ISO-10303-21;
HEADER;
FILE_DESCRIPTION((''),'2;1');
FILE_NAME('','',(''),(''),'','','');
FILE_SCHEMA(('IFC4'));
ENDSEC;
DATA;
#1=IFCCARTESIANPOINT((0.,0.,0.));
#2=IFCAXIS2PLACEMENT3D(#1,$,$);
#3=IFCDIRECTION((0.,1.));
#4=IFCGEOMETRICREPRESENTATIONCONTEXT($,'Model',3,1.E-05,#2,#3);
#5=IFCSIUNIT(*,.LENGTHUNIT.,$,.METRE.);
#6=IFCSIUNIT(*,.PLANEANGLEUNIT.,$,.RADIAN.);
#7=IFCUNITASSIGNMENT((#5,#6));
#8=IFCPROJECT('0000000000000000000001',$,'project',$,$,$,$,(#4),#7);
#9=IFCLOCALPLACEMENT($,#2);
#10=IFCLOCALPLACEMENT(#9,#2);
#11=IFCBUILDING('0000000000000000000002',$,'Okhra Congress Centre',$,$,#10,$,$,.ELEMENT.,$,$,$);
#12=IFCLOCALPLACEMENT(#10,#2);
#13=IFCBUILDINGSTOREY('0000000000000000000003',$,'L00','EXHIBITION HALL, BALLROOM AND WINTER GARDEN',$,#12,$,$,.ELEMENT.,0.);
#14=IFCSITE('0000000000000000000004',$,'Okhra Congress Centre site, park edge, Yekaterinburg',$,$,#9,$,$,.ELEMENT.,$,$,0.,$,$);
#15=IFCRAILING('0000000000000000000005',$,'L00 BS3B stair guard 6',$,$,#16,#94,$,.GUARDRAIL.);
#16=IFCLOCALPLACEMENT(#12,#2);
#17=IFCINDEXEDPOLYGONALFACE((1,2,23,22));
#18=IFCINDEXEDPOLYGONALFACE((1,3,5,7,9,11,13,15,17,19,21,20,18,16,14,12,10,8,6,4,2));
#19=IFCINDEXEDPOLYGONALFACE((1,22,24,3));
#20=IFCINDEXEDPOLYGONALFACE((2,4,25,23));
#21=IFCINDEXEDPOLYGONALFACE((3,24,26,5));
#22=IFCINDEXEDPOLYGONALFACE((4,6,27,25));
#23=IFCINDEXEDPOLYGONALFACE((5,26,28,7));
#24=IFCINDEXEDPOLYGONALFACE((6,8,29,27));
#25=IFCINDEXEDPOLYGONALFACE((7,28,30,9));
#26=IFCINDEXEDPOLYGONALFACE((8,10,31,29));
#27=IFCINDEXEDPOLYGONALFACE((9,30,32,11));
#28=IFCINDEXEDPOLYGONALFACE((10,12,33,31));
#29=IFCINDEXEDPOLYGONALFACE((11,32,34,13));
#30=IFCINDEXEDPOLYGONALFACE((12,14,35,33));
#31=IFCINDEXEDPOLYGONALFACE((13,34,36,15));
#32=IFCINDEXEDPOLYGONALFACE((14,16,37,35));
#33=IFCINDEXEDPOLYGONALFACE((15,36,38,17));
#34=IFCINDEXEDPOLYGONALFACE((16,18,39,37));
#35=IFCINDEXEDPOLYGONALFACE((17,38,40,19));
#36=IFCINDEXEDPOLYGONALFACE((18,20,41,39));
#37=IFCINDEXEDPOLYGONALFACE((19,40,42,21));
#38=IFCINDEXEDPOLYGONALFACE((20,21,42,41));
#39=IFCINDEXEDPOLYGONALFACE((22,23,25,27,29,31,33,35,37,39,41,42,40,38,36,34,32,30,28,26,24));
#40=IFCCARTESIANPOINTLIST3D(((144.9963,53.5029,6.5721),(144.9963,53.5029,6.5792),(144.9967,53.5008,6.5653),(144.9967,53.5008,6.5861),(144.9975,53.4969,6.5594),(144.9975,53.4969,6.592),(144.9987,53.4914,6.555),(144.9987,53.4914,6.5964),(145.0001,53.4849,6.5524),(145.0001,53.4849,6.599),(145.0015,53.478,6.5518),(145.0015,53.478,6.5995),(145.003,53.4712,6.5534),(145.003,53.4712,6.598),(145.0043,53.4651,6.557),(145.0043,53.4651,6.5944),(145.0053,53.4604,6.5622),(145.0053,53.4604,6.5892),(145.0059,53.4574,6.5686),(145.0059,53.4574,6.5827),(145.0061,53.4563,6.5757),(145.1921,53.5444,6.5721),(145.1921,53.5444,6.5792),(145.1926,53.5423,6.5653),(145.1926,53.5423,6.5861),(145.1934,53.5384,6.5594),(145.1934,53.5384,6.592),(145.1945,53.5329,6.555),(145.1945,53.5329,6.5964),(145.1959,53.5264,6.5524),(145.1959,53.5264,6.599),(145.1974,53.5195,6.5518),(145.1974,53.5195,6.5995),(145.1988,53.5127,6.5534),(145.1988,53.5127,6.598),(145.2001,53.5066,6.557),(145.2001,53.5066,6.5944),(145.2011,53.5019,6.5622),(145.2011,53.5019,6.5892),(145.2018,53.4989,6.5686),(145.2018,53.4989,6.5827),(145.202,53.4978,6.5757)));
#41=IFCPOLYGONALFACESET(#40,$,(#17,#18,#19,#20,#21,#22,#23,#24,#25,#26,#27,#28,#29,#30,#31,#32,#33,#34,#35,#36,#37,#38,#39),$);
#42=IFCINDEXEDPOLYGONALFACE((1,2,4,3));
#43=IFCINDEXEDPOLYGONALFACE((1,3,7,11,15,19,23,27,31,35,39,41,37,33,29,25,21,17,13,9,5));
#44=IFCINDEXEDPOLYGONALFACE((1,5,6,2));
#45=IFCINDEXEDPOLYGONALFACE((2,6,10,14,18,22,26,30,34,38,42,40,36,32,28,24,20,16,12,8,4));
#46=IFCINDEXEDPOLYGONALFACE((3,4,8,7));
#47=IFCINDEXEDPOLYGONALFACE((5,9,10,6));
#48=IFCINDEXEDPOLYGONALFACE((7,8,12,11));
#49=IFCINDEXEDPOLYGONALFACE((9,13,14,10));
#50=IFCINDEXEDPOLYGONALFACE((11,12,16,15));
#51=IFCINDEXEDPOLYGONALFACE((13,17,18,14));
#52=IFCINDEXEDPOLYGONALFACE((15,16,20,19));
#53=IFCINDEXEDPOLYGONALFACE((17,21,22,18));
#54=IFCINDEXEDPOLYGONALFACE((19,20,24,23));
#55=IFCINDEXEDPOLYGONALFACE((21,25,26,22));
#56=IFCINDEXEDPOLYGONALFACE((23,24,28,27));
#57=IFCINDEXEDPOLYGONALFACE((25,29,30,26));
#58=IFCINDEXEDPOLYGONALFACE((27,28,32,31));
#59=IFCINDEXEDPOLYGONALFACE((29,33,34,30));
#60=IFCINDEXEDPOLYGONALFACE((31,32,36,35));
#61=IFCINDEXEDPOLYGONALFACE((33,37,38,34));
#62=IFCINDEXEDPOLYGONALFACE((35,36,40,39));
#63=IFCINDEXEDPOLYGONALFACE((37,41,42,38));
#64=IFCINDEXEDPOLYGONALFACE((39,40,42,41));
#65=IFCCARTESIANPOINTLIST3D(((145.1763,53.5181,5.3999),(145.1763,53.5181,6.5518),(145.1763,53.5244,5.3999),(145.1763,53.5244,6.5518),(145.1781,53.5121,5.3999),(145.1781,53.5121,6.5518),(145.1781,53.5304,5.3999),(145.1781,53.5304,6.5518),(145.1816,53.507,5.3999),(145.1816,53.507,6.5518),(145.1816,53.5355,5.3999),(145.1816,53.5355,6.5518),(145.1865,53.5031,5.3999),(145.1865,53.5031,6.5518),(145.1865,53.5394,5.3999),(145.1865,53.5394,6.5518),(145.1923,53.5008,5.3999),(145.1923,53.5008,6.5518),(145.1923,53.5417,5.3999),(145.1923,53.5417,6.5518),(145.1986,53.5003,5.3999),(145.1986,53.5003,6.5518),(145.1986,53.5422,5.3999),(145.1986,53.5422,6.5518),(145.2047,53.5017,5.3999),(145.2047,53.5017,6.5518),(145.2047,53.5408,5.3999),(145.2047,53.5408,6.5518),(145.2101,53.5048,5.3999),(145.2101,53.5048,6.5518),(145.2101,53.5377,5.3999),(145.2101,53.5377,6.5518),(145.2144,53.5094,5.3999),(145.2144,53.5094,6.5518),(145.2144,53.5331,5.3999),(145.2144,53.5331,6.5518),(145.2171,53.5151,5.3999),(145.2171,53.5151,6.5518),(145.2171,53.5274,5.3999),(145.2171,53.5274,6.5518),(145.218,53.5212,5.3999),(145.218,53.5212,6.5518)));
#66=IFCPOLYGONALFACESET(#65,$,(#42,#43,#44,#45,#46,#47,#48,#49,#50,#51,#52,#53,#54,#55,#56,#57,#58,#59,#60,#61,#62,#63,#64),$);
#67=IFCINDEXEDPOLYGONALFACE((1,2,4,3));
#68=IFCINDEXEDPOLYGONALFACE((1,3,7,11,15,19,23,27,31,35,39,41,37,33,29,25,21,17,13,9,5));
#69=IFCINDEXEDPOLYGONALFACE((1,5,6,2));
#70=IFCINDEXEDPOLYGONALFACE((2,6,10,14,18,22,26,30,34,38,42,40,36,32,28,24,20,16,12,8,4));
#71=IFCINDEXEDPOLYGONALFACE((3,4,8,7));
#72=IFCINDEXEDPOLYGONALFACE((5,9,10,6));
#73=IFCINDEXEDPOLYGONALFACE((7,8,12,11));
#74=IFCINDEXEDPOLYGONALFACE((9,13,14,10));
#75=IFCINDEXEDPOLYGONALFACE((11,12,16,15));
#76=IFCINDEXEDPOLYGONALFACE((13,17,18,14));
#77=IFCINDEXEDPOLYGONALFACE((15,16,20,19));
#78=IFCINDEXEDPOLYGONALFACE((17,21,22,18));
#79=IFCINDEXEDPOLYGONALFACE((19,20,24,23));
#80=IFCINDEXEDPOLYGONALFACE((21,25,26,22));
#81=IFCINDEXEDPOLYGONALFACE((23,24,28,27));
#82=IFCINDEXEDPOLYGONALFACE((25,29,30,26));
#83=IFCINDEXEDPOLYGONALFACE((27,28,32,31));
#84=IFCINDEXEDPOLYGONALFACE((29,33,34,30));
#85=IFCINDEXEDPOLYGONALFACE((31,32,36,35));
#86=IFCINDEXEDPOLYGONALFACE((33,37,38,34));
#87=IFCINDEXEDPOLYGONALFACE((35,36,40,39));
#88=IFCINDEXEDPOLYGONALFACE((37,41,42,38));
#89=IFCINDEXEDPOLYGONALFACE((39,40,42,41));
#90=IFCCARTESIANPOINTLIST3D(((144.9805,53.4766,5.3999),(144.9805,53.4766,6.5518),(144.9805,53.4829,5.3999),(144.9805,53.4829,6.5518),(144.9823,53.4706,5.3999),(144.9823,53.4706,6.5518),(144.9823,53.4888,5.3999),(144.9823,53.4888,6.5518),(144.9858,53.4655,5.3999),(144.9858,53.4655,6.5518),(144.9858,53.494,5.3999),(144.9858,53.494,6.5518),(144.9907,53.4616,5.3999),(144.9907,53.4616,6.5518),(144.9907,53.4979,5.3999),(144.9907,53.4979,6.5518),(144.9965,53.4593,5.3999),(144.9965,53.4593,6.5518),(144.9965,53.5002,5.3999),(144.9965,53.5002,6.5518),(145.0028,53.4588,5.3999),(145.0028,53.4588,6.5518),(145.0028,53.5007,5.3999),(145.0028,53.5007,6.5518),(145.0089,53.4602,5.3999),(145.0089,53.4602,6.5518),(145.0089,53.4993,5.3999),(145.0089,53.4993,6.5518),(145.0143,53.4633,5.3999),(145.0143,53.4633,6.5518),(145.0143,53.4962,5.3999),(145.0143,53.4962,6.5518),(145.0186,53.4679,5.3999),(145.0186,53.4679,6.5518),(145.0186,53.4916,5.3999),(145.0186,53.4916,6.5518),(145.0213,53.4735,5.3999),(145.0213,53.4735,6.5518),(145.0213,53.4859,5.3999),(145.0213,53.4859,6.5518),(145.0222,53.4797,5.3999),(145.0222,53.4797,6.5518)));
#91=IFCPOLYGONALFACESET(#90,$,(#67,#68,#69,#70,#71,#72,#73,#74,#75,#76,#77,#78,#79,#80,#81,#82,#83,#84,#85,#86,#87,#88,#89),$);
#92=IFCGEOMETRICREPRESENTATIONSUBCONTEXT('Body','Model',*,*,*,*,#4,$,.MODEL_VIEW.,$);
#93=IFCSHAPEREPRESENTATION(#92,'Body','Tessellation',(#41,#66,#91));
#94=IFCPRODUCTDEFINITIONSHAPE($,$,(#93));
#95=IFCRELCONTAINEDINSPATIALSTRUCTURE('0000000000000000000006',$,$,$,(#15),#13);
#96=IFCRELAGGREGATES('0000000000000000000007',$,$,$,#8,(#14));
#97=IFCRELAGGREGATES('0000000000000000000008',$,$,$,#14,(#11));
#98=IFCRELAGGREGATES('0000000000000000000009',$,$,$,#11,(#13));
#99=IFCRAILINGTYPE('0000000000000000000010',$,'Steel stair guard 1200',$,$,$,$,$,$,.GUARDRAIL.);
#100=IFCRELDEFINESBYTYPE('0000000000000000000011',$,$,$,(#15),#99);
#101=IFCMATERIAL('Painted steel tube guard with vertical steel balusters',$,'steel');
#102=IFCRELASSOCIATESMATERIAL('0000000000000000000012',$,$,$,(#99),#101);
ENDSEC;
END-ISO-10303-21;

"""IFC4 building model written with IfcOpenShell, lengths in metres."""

from ifc_helpers import new_model, si_unit, direction, frame, origin, origin_2d, place, context, subcontext, project, spatial, circle, extrude, material, type_object, element, save


model = new_model("IFC4")

# Units and contexts
model_context = context("Model", 3, precision=1e-05, world=origin(), true_north=direction((0.0, 1.0)))
body_context = subcontext(model_context, "Body", "Model", "MODEL_VIEW")
ifc_project = project(units=[si_unit("LENGTHUNIT", "METRE"), si_unit("PLANEANGLEUNIT", "RADIAN")], contexts=[model_context])

# Site, building, storey
site_placement = place(None, origin())
site = spatial("IfcSite", under=ifc_project, at=site_placement, Name="Okhra Congress Centre site, park edge, Yekaterinburg", CompositionType="ELEMENT", RefElevation=0.0)
building_placement = place(site_placement, origin())
building = spatial("IfcBuilding", under=site, at=building_placement, Name="Okhra Congress Centre", CompositionType="ELEMENT")
storey_placement = place(building_placement, origin())
storey = spatial("IfcBuildingStorey", under=building, at=storey_placement, Name="L00", Description="EXHIBITION HALL, BALLROOM AND WINTER GARDEN", CompositionType="ELEMENT", Elevation=0.0)

# Railing
ifc_material_1 = material(Name="Painted steel tube guard with vertical steel balusters", Category="steel")
railing_type_1 = type_object("IfcRailingType", Name="Steel stair guard 1200", PredefinedType="GUARDRAIL", material=ifc_material_1)
railing_1_placement = place(storey_placement, frame((145.197, 53.5212, 5.3999)))
element("IfcRailing", 1, at=railing_1_placement, inside=storey, type_object=railing_type_1, Name="L00 BS3B stair guard 6", PredefinedType="GUARDRAIL", context=body_context, shape_type="SweptSolid", body=[
    extrude(circle(Radius=0.0239, at=origin_2d()), frame((0.0, 0.0, 1.1758), z_axis=(-0.978264, -0.207363, 0.0), x_axis=(0.207363, -0.978264, 0.0)), (0.0, 0.0, 1.0), 0.2002),
    extrude(circle(Radius=0.021, at=origin_2d()), origin(), (0.0, 0.0, 1.0), 1.1519),
    extrude(circle(Radius=0.021, at=origin_2d()), frame((-0.1958, -0.0415, 0.0)), (0.0, 0.0, 1.0), 1.1519),
])

save(model, "model.ifc")
